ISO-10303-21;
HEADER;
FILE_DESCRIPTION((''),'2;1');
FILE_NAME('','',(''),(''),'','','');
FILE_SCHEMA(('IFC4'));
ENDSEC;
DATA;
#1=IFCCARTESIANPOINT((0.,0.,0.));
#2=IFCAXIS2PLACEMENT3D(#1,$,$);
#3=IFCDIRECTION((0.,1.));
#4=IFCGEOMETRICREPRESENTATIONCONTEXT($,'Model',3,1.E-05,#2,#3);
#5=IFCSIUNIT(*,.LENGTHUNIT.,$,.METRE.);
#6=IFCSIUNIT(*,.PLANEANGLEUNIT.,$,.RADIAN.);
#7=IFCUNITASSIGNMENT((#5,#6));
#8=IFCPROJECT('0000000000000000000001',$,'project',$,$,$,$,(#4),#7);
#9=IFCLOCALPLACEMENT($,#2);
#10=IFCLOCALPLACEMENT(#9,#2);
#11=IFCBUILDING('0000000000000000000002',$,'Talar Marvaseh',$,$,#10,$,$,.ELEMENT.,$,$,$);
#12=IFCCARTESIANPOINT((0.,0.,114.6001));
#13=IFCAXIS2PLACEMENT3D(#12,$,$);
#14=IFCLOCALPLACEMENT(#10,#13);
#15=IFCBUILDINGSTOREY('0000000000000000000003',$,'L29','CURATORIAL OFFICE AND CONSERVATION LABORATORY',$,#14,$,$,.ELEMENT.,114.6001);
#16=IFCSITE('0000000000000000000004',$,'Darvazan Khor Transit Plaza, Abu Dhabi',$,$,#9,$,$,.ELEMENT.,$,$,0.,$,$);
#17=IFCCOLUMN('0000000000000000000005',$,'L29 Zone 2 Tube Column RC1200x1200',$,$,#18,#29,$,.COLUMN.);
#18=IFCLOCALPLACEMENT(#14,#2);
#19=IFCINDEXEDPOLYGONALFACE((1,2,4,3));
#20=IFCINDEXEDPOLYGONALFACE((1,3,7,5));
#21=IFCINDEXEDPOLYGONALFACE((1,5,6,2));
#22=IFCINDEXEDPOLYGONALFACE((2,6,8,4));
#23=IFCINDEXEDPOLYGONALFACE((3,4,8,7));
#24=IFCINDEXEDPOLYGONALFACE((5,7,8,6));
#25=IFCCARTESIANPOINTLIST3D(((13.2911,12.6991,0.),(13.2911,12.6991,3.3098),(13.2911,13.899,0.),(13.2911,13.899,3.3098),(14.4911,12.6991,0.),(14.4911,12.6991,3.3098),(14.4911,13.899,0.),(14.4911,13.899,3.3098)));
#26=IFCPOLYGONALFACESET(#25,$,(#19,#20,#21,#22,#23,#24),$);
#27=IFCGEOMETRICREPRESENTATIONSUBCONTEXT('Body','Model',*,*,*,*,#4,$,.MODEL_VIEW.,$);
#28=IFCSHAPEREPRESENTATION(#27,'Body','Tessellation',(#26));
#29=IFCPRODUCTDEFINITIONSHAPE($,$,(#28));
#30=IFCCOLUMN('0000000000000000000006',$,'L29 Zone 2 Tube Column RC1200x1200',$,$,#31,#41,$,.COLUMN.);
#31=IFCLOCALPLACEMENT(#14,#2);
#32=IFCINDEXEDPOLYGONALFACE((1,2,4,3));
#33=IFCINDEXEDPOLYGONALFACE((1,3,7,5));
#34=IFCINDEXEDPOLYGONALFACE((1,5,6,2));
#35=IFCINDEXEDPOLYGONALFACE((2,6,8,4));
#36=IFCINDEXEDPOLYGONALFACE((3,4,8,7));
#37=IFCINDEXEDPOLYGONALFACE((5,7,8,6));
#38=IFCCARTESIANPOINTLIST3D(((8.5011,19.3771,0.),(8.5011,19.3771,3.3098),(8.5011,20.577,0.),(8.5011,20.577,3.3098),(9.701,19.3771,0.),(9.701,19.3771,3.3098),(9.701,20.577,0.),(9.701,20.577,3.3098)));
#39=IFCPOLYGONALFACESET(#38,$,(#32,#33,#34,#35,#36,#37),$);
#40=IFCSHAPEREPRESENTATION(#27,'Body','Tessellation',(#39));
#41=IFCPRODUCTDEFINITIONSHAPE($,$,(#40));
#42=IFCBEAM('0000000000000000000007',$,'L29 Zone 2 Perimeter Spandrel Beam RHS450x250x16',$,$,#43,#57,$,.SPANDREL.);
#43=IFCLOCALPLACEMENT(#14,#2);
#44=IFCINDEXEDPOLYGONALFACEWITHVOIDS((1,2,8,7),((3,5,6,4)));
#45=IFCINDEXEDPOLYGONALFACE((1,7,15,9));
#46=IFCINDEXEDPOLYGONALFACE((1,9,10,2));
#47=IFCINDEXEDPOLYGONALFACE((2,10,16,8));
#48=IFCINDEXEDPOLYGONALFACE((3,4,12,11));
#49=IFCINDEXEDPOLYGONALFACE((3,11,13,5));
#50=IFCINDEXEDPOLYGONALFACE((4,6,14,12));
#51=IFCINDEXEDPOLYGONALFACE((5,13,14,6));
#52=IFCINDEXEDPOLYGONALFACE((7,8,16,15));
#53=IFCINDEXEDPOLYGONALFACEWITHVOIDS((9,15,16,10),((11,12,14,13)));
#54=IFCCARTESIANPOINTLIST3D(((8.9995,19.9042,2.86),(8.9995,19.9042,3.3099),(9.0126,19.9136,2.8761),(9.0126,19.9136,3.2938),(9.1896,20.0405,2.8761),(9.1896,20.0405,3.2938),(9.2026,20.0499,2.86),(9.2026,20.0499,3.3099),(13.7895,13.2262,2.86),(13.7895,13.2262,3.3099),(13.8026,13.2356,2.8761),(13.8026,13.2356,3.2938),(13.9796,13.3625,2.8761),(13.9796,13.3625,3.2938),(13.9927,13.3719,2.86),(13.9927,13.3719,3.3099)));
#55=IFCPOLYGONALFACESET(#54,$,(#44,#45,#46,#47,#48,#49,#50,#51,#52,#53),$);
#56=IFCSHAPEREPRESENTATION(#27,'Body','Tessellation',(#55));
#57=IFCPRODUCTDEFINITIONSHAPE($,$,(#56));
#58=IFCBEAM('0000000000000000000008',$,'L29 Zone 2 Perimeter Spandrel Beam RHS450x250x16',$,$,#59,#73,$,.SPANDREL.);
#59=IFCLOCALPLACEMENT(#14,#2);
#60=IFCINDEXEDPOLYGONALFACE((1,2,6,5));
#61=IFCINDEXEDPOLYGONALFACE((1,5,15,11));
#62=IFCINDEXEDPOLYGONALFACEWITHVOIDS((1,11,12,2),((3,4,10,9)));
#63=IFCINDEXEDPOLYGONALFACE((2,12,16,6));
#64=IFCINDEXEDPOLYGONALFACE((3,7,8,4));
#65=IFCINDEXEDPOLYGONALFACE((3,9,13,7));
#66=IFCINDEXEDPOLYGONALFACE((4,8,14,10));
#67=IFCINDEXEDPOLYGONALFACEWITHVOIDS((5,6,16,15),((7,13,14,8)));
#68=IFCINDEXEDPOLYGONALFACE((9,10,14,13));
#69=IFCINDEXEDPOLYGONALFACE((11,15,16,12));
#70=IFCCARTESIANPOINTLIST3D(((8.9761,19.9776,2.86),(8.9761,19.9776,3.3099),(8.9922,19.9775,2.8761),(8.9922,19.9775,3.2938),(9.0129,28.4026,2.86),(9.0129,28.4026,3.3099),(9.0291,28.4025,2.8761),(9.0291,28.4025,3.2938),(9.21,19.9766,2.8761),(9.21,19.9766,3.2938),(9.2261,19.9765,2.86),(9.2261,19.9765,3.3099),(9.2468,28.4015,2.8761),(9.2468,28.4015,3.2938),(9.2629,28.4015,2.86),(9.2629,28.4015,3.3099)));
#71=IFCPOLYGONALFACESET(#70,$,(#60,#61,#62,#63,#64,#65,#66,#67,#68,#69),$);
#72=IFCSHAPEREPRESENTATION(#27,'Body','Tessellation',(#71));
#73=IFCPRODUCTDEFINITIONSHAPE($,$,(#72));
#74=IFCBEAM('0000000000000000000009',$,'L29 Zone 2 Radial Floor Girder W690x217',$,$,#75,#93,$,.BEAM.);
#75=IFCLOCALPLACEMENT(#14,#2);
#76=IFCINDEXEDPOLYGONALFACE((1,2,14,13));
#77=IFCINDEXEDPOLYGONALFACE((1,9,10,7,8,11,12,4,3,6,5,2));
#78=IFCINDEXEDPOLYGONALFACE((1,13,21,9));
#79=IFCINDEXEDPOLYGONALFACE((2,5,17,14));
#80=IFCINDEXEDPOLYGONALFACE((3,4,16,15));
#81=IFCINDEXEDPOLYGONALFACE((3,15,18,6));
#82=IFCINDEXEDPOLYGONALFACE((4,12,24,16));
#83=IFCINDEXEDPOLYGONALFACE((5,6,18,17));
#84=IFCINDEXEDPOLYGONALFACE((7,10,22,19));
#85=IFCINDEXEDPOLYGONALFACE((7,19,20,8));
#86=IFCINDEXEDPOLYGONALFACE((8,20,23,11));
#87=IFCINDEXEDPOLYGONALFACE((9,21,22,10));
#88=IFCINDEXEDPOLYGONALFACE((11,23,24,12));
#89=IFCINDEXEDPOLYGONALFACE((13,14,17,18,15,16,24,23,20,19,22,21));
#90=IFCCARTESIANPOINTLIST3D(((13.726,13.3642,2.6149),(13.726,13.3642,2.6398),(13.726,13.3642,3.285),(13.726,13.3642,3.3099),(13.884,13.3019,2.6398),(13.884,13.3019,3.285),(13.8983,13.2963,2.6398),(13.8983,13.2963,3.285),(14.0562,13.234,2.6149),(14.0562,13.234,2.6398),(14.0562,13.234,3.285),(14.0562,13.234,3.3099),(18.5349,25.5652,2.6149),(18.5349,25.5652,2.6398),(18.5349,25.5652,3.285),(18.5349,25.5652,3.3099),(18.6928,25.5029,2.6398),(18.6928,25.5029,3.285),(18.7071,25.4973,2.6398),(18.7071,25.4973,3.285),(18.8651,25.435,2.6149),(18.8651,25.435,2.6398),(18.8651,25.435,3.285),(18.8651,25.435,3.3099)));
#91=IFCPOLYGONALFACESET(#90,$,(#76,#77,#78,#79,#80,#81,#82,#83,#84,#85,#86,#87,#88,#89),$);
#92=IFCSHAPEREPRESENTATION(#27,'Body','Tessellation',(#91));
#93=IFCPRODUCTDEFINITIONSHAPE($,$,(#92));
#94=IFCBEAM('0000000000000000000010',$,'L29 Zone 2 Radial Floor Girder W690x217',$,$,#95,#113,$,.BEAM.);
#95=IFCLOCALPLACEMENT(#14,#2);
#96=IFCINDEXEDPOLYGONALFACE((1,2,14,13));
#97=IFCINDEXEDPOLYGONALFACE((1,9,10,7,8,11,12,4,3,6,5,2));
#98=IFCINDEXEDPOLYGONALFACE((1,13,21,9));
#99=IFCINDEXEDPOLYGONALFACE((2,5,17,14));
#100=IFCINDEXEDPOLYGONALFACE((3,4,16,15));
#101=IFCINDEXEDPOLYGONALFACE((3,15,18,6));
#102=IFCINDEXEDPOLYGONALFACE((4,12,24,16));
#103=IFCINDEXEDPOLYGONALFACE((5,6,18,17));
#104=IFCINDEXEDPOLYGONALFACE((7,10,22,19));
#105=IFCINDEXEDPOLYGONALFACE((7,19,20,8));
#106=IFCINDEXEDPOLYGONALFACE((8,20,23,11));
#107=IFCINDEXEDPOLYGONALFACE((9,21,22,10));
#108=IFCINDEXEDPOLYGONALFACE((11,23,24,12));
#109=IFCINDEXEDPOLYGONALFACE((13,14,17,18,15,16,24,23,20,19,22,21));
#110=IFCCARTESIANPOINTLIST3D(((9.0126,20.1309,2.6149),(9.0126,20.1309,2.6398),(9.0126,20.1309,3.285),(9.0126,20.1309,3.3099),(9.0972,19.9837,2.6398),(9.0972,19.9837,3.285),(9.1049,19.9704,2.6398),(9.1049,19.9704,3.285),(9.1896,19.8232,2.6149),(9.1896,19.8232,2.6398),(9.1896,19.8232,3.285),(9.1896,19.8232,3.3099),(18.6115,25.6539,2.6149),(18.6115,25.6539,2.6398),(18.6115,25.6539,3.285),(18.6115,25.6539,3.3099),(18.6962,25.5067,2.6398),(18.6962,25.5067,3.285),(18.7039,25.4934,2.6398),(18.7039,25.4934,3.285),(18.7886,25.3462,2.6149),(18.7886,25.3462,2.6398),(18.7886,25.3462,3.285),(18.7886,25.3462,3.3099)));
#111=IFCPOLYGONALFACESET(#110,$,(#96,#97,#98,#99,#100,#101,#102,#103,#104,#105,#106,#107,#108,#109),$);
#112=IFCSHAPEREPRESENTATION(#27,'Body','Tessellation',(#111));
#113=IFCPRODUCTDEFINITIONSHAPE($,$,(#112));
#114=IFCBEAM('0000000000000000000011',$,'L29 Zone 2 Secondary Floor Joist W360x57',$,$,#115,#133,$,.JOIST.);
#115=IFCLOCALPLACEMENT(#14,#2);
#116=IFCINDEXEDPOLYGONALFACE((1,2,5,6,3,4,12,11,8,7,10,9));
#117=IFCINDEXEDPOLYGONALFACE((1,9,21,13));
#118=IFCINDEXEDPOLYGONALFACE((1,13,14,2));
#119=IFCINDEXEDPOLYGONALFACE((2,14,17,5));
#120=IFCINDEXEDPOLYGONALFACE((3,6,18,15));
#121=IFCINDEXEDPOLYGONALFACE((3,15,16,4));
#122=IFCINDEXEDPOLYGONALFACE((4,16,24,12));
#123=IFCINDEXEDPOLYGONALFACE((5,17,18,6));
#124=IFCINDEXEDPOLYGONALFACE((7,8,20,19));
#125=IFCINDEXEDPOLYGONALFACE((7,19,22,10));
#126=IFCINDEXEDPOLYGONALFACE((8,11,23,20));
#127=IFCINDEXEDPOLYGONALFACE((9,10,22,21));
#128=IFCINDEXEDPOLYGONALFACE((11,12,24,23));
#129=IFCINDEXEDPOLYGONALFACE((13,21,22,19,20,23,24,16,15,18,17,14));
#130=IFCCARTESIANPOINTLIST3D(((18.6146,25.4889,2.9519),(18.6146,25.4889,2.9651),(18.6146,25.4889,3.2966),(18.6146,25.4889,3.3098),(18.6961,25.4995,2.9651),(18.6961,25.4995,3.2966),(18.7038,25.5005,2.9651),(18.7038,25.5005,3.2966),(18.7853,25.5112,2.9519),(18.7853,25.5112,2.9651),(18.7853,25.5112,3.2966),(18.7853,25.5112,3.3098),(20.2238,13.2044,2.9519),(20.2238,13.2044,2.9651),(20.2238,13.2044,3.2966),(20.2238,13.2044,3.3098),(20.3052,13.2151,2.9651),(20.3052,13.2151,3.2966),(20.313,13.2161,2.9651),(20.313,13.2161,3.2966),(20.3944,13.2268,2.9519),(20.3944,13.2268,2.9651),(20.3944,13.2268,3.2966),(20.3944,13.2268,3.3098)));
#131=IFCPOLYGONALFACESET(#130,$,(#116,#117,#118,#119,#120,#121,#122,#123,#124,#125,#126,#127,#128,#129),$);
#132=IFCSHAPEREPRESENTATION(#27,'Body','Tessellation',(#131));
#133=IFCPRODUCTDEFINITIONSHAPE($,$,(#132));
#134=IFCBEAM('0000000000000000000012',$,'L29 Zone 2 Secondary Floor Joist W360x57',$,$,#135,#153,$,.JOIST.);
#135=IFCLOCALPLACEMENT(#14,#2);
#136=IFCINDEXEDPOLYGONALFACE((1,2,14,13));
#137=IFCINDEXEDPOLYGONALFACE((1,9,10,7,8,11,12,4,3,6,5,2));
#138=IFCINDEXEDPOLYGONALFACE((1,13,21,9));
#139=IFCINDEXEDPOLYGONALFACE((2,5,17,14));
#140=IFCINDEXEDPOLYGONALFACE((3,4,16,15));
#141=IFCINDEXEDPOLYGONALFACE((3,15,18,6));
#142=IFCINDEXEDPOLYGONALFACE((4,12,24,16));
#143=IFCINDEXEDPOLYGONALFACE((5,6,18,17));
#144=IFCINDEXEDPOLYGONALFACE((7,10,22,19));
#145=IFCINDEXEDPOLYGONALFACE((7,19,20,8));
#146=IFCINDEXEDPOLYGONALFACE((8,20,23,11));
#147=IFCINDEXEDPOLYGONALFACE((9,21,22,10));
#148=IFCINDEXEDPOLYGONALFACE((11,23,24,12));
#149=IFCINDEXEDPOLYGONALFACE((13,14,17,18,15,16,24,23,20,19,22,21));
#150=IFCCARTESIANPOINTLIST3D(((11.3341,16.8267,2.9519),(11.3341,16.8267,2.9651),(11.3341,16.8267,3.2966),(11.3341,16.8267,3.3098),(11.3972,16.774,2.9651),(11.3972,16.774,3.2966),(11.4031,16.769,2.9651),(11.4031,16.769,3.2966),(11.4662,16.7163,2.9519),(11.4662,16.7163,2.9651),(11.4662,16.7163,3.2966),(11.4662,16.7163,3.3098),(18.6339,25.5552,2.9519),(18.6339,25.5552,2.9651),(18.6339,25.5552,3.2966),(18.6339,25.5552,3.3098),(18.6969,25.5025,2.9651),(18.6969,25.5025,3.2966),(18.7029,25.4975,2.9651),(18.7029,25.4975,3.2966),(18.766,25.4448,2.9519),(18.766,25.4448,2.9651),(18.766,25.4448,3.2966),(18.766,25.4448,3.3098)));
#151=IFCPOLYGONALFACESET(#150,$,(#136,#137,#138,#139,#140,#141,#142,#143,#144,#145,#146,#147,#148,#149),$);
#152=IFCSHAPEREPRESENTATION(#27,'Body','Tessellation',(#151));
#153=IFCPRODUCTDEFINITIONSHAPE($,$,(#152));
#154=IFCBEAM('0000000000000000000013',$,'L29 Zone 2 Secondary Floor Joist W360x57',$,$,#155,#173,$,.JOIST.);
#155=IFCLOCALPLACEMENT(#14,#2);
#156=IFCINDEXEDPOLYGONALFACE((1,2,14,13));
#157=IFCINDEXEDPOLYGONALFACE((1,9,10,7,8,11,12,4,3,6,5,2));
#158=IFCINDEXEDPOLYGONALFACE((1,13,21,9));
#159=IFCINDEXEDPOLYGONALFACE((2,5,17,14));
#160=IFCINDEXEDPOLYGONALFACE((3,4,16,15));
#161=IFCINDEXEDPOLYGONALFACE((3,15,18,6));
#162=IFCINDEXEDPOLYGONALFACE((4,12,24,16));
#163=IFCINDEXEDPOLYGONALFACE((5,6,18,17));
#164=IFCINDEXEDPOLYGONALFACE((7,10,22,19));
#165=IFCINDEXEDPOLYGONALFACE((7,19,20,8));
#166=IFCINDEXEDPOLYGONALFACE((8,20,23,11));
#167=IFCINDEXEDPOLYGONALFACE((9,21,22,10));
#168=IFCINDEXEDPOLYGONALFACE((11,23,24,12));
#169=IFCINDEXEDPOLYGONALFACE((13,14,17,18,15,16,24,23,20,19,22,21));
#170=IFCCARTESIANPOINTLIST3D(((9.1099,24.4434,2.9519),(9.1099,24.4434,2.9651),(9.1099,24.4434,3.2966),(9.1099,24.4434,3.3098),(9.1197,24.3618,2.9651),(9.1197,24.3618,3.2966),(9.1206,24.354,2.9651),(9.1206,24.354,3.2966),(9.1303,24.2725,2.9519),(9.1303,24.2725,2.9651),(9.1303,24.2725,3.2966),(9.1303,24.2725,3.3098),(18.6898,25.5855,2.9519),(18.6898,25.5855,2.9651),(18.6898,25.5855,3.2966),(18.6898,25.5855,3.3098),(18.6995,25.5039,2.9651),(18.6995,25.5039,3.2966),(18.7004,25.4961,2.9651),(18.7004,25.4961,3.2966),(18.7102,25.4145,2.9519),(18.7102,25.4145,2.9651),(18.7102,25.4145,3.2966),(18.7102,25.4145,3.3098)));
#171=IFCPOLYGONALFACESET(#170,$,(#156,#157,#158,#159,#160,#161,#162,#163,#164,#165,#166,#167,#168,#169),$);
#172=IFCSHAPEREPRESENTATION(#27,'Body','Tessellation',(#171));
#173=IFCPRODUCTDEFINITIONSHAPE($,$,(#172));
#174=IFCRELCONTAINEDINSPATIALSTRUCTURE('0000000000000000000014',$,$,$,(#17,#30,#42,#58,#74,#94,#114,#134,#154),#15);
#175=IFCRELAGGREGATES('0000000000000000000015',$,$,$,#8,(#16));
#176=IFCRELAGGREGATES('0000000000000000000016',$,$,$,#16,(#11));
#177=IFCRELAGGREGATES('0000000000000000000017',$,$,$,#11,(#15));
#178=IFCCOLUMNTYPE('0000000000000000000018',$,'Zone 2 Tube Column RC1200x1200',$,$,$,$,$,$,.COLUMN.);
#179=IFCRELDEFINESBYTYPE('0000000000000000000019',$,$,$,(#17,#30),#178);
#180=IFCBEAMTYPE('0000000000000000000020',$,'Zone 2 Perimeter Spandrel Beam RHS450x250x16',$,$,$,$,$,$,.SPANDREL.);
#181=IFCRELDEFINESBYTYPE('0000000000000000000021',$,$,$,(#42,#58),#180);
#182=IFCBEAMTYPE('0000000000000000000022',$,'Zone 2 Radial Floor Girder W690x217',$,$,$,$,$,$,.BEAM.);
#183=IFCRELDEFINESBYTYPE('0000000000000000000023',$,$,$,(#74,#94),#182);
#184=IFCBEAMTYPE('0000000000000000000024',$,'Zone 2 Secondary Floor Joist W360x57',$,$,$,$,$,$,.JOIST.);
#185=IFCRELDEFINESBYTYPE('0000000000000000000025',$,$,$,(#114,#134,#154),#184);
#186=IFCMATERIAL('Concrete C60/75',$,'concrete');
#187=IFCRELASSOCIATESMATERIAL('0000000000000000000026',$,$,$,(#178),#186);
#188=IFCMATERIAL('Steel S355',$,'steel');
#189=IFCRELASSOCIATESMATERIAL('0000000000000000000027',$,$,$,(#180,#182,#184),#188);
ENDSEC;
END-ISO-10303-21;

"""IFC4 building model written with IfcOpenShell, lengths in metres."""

from ifc_helpers import new_model, si_unit, direction, frame, origin, origin_2d, place, context, subcontext, project, spatial, rectangle, hollow_rectangle, i_section, extrude, material, material_profile, profile_set, type_object, element, save


model = new_model("IFC4")

# Units and contexts
model_context = context("Model", 3, precision=1e-05, world=origin(), true_north=direction((0.0, 1.0)))
body_context = subcontext(model_context, "Body", "Model", "MODEL_VIEW")
ifc_project = project(units=[si_unit("LENGTHUNIT", "METRE"), si_unit("PLANEANGLEUNIT", "RADIAN")], contexts=[model_context])

# Site, building, storey
site_placement = place(None, origin())
site = spatial("IfcSite", under=ifc_project, at=site_placement, Name="Darvazan Khor Transit Plaza, Abu Dhabi", CompositionType="ELEMENT", RefElevation=0.0)
building_placement = place(site_placement, origin())
building = spatial("IfcBuilding", under=site, at=building_placement, Name="Talar Marvaseh", CompositionType="ELEMENT")
storey_placement = place(building_placement, frame((0.0, 0.0, 114.6001)))
storey = spatial("IfcBuildingStorey", under=building, at=storey_placement, Name="L29", Description="CURATORIAL OFFICE AND CONSERVATION LABORATORY", CompositionType="ELEMENT", Elevation=114.6001)

# Columns
ifc_material_1 = material(Name="Concrete C60/75", Category="concrete")
ifc_material_profile_1 = material_profile(ifc_material_1, rectangle(XDim=1.2, YDim=1.2, at=origin_2d()), Name="RC1200x1200")
ifc_profile_set_1 = profile_set([ifc_material_profile_1], Name="Concrete C60/75")
column_type = type_object("IfcColumnType", Name="Zone 2 Tube Column RC1200x1200", PredefinedType="COLUMN", material=ifc_profile_set_1)
for number, where, z_axis, x_axis, name in (
    (1, (13.8911, 13.2991, 0.0), (0.0, 0.0, 1.0), (1.0, 0.0, 0.0), "L29 Zone 2 Tube Column RC1200x1200"),
    (2, (9.1011, 19.9771, 0.0), (0.0, 0.0, 1.0), (1.0, 0.0, 0.0), "L29 Zone 2 Tube Column RC1200x1200"),
):
    element("IfcColumn", number, at=place(storey_placement, frame(where, z_axis=z_axis, x_axis=x_axis)), inside=storey, type_object=column_type, Name=name, PredefinedType="COLUMN", context=body_context, shape_type="SweptSolid", body=[
        extrude(rectangle(XDim=1.2, YDim=1.2, at=origin_2d()), origin(), (0.0, 0.0, 1.0), 3.3098),
    ])

# Beams
ifc_material_2 = material(Name="Steel S355", Category="steel")
ifc_material_profile_2 = material_profile(ifc_material_2, hollow_rectangle(XDim=0.25, YDim=0.45, WallThickness=0.0161, at=origin_2d()), Name="RHS450x250x16")
ifc_profile_set_2 = profile_set([ifc_material_profile_2], Name="Steel S355")
beam_type_1 = type_object("IfcBeamType", Name="Zone 2 Perimeter Spandrel Beam RHS450x250x16", PredefinedType="SPANDREL", material=ifc_profile_set_2)
beam_1_placement = place(storey_placement, frame((13.8911, 13.2991, 3.085), z_axis=(-0.582853, 0.812578, 0.0), x_axis=(-0.812578, -0.582853, 0.0)))
element("IfcBeam", 3, at=beam_1_placement, inside=storey, type_object=beam_type_1, Name="L29 Zone 2 Perimeter Spandrel Beam RHS450x250x16", PredefinedType="SPANDREL", context=body_context, shape_type="SweptSolid", body=[
    extrude(hollow_rectangle(XDim=0.25, YDim=0.45, WallThickness=0.0161, at=origin_2d()), origin(), (0.0, 0.0, 1.0), 8.2183),
])
beam_2_placement = place(storey_placement, frame((9.1011, 19.9771, 3.085), z_axis=(0.004376, 0.99999, 0.0), x_axis=(-0.99999, 0.004376, 0.0)))
element("IfcBeam", 4, at=beam_2_placement, inside=storey, type_object=beam_type_1, Name="L29 Zone 2 Perimeter Spandrel Beam RHS450x250x16", PredefinedType="SPANDREL", context=body_context, shape_type="SweptSolid", body=[
    extrude(hollow_rectangle(XDim=0.25, YDim=0.45, WallThickness=0.0161, at=origin_2d()), origin(), (0.0, 0.0, 1.0), 8.425),
])
ifc_material_profile_3 = material_profile(ifc_material_2, i_section(OverallWidth=0.355, OverallDepth=0.6951, WebThickness=0.0154, FlangeThickness=0.0249, at=origin_2d()), Name="W690x217")
ifc_profile_set_3 = profile_set([ifc_material_profile_3], Name="Steel S355")
beam_type_2 = type_object("IfcBeamType", Name="Zone 2 Radial Floor Girder W690x217", PredefinedType="BEAM", material=ifc_profile_set_3)
beam_3_placement = place(storey_placement, frame((13.8911, 13.2991, 2.9624), z_axis=(0.366684, 0.930346, 0.0), x_axis=(-0.930346, 0.366684, 0.0)))
element("IfcBeam", 5, at=beam_3_placement, inside=storey, type_object=beam_type_2, Name="L29 Zone 2 Radial Floor Girder W690x217", PredefinedType="BEAM", context=body_context, shape_type="SweptSolid", body=[
    extrude(i_section(OverallWidth=0.355, OverallDepth=0.6951, WebThickness=0.0154, FlangeThickness=0.0249, at=origin_2d()), origin(), (0.0, 0.0, 1.0), 13.1145),
])
beam_4_placement = place(storey_placement, frame((9.1011, 19.9771, 2.9624), z_axis=(0.866766, 0.498715, 0.0), x_axis=(-0.498715, 0.866766, 0.0)))
element("IfcBeam", 6, at=beam_4_placement, inside=storey, type_object=beam_type_2, Name="L29 Zone 2 Radial Floor Girder W690x217", PredefinedType="BEAM", context=body_context, shape_type="SweptSolid", body=[
    extrude(i_section(OverallWidth=0.355, OverallDepth=0.6951, WebThickness=0.0154, FlangeThickness=0.0249, at=origin_2d()), origin(), (0.0, 0.0, 1.0), 11.0745),
])
ifc_material_profile_4 = material_profile(ifc_material_2, i_section(OverallWidth=0.1721, OverallDepth=0.3579, WebThickness=0.0078, FlangeThickness=0.0132, at=origin_2d()), Name="W360x57")
ifc_profile_set_4 = profile_set([ifc_material_profile_4], Name="Steel S355")
beam_type_3 = type_object("IfcBeamType", Name="Zone 2 Secondary Floor Joist W360x57", PredefinedType="JOIST", material=ifc_profile_set_4)
beam_5_placement = place(storey_placement, frame((20.3091, 13.2156, 3.1309), z_axis=(-0.12988, 0.99153, 0.0), x_axis=(-0.99153, -0.12988, 0.0)))
element("IfcBeam", 7, at=beam_5_placement, inside=storey, type_object=beam_type_3, Name="L29 Zone 2 Secondary Floor Joist W360x57", PredefinedType="JOIST", context=body_context, shape_type="SweptSolid", body=[
    extrude(i_section(OverallWidth=0.1721, OverallDepth=0.3579, WebThickness=0.0078, FlangeThickness=0.0132, at=origin_2d()), origin(), (0.0, 0.0, 1.0), 12.3894),
])
beam_6_placement = place(storey_placement, frame((11.4001, 16.7715, 3.1309), z_axis=(0.641534, 0.767095, 0.0), x_axis=(-0.767095, 0.641534, 0.0)))
element("IfcBeam", 8, at=beam_6_placement, inside=storey, type_object=beam_type_3, Name="L29 Zone 2 Secondary Floor Joist W360x57", PredefinedType="JOIST", context=body_context, shape_type="SweptSolid", body=[
    extrude(i_section(OverallWidth=0.1721, OverallDepth=0.3579, WebThickness=0.0078, FlangeThickness=0.0132, at=origin_2d()), origin(), (0.0, 0.0, 1.0), 11.3787),
])
beam_7_placement = place(storey_placement, frame((9.1201, 24.3579, 3.1309), z_axis=(0.992968, 0.11838, 0.0), x_axis=(-0.11838, 0.992968, 0.0)))
element("IfcBeam", 9, at=beam_7_placement, inside=storey, type_object=beam_type_3, Name="L29 Zone 2 Secondary Floor Joist W360x57", PredefinedType="JOIST", context=body_context, shape_type="SweptSolid", body=[
    extrude(i_section(OverallWidth=0.1721, OverallDepth=0.3579, WebThickness=0.0078, FlangeThickness=0.0132, at=origin_2d()), origin(), (0.0, 0.0, 1.0), 9.6477),
])

save(model, "model.ifc")
